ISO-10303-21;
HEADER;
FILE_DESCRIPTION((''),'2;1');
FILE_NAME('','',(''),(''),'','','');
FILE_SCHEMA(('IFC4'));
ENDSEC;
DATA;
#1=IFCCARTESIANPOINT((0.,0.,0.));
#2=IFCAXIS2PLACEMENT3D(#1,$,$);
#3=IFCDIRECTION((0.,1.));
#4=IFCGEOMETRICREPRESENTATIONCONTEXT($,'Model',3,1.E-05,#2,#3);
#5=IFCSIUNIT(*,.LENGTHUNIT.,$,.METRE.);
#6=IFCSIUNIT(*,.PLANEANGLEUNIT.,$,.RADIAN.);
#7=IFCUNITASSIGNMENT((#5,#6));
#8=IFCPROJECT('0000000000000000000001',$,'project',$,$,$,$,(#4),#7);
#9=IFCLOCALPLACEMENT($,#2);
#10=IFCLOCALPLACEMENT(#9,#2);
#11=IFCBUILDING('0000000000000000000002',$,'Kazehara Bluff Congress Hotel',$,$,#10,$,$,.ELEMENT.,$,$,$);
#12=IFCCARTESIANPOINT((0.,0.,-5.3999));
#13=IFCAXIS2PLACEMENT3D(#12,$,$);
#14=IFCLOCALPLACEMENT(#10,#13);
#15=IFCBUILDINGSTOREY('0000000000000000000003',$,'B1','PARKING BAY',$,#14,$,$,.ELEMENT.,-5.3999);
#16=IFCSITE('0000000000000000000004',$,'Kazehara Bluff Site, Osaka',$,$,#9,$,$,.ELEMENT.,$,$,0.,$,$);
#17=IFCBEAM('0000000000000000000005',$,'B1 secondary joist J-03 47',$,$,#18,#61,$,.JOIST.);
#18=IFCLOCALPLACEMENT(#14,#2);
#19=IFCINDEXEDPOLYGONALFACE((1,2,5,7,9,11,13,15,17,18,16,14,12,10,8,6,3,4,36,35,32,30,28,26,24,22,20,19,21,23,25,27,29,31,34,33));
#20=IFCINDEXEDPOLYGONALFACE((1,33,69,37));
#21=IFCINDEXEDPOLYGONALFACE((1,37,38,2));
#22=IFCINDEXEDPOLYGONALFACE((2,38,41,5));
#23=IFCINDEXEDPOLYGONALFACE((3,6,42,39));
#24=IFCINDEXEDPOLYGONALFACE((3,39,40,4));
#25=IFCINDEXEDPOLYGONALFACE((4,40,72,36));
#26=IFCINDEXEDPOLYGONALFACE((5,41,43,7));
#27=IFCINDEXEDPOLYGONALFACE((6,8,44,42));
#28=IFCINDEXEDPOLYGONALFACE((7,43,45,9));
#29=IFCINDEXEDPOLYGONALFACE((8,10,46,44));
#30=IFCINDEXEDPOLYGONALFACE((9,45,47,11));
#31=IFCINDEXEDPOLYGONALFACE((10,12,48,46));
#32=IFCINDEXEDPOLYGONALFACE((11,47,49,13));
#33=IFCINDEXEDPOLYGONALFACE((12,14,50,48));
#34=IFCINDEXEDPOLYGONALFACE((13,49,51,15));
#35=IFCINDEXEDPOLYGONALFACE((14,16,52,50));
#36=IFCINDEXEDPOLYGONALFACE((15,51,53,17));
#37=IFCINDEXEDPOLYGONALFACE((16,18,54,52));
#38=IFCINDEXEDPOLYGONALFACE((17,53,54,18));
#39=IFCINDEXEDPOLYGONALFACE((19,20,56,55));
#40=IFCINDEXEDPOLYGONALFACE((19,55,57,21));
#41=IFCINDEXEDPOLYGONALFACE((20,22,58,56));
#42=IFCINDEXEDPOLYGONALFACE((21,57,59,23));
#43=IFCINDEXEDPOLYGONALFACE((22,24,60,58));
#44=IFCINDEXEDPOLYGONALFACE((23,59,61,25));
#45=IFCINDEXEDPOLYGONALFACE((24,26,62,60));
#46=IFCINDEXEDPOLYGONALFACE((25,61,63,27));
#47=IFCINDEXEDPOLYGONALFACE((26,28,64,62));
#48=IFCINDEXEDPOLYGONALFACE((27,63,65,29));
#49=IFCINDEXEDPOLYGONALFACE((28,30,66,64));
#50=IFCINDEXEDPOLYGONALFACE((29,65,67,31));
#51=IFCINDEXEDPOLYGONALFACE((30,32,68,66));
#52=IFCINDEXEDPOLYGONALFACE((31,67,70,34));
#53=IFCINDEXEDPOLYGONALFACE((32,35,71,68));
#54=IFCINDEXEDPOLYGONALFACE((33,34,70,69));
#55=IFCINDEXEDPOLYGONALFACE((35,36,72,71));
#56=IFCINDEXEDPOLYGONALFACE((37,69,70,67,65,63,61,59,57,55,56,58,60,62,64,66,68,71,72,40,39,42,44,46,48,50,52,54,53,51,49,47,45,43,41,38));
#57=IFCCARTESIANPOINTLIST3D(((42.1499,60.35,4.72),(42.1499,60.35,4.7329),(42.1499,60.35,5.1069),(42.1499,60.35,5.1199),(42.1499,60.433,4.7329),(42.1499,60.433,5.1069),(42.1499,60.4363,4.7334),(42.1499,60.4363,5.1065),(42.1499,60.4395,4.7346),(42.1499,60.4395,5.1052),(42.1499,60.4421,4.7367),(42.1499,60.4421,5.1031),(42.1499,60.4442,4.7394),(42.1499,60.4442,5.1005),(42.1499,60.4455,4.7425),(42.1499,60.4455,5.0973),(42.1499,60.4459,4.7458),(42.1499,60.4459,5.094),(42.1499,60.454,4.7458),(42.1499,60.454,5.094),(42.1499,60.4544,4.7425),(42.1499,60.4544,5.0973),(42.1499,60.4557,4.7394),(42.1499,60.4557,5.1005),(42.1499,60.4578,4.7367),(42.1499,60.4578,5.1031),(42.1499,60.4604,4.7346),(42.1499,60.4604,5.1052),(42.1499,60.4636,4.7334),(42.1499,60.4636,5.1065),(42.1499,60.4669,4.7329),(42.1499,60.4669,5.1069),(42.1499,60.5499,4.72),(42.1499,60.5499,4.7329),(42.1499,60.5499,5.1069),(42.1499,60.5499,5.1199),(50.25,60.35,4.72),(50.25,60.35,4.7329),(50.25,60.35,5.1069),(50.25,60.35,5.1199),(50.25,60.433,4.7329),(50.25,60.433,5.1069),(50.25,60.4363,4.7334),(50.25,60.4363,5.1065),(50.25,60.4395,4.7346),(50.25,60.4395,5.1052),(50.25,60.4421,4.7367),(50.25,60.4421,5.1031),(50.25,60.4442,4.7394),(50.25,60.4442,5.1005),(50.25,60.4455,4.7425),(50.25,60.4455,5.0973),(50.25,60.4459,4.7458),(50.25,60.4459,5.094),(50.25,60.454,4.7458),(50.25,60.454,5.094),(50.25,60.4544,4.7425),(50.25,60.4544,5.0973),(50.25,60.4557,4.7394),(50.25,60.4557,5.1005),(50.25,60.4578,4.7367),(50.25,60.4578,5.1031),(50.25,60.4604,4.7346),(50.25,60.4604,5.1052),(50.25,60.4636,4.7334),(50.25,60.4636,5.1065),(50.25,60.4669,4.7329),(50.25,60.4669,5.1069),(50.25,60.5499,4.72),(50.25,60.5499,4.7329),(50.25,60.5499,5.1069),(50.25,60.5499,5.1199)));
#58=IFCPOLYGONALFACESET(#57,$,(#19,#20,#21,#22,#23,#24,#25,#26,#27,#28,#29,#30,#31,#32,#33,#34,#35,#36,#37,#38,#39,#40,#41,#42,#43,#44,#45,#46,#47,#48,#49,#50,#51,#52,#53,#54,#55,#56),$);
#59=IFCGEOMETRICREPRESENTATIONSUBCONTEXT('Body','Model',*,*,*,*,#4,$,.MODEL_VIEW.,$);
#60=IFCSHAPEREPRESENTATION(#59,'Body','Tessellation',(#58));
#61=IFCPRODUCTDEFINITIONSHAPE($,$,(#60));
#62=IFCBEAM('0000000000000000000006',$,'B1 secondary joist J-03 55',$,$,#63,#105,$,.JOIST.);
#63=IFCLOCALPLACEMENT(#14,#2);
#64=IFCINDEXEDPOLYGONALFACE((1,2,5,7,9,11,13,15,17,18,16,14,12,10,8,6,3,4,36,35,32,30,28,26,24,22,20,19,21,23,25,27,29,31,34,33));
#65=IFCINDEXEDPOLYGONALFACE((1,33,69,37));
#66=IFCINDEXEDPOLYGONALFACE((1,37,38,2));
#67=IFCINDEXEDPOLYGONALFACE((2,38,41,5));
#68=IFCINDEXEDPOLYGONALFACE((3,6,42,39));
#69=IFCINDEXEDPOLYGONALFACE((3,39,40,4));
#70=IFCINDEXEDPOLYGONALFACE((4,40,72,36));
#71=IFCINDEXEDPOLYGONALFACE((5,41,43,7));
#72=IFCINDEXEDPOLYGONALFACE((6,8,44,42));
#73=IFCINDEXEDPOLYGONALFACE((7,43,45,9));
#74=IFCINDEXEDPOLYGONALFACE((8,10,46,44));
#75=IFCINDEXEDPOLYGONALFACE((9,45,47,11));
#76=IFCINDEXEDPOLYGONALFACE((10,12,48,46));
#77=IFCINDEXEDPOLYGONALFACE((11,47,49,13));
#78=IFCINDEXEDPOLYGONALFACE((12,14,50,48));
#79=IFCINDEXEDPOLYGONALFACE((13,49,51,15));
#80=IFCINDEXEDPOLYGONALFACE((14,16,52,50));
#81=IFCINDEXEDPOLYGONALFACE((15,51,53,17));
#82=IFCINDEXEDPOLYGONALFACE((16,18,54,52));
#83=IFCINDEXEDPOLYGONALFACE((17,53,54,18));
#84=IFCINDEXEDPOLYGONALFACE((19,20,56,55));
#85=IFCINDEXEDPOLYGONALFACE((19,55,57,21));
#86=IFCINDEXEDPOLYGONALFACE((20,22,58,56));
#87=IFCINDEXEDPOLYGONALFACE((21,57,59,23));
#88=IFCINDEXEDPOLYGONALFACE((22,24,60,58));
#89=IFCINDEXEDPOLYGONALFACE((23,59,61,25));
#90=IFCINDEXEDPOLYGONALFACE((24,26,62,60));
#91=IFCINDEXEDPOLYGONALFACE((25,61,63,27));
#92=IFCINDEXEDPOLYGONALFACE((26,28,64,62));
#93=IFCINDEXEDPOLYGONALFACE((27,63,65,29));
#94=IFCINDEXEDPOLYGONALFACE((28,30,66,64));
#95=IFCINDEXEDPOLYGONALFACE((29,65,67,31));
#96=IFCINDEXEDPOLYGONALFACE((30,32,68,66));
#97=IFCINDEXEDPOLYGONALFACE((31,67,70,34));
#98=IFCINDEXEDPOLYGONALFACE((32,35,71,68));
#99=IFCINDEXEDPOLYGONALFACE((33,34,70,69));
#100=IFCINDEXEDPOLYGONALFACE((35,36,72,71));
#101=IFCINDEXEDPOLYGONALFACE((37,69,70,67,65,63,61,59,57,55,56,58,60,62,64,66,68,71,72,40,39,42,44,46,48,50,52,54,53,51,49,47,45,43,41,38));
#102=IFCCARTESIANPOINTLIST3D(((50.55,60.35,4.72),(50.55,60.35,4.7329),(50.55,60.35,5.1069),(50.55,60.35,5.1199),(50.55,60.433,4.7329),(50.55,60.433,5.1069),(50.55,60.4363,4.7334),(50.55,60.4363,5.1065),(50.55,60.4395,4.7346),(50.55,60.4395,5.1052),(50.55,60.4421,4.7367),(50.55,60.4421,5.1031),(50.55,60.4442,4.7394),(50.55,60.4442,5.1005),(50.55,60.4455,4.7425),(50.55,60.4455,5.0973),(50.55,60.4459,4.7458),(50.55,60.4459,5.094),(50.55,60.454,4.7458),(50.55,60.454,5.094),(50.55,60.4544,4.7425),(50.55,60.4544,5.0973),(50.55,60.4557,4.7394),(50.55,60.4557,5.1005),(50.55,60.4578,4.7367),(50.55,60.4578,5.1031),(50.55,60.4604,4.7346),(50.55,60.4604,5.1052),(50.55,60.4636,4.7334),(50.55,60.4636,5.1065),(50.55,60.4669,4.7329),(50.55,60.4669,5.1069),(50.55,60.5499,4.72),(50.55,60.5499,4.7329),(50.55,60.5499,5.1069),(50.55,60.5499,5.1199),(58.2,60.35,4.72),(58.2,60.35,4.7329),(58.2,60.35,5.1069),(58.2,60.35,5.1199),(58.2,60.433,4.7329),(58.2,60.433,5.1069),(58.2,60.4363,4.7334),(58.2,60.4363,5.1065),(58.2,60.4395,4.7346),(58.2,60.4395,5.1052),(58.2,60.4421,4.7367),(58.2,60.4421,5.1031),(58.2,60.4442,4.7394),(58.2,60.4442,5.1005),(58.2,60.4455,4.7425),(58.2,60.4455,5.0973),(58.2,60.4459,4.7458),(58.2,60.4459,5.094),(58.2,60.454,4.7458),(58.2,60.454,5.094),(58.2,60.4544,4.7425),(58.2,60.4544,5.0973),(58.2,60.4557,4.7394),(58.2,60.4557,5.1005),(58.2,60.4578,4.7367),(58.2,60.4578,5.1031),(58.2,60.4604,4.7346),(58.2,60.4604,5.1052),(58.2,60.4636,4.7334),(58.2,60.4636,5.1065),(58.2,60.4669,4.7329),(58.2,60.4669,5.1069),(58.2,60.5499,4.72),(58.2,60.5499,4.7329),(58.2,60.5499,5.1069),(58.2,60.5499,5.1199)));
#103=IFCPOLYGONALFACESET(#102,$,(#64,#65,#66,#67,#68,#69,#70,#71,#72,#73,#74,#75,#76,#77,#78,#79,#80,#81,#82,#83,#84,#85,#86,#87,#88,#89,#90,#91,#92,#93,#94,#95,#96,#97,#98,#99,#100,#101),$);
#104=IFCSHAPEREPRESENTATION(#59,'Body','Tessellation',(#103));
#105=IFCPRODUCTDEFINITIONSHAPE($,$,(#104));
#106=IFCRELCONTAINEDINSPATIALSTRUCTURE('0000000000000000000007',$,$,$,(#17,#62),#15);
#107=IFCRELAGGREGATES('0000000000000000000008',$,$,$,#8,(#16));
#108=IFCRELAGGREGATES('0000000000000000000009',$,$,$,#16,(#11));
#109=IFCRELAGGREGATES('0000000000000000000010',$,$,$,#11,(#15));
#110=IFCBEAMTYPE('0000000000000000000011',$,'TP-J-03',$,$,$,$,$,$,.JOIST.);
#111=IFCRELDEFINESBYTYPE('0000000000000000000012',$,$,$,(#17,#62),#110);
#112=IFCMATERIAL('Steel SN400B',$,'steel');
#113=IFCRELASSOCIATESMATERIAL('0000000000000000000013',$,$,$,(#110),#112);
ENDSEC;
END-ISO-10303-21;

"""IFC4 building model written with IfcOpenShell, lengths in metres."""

from ifc_helpers import new_model, si_unit, direction, frame, origin, origin_2d, place, context, subcontext, project, spatial, i_section, extrude, material, material_profile, profile_set, type_object, element, save


model = new_model("IFC4")

# Units and contexts
model_context = context("Model", 3, precision=1e-05, world=origin(), true_north=direction((0.0, 1.0)))
body_context = subcontext(model_context, "Body", "Model", "MODEL_VIEW")
ifc_project = project(units=[si_unit("LENGTHUNIT", "METRE"), si_unit("PLANEANGLEUNIT", "RADIAN")], contexts=[model_context])

# Site, building, storey
site_placement = place(None, origin())
site = spatial("IfcSite", under=ifc_project, at=site_placement, Name="Kazehara Bluff Site, Osaka", CompositionType="ELEMENT", RefElevation=0.0)
building_placement = place(site_placement, origin())
building = spatial("IfcBuilding", under=site, at=building_placement, Name="Kazehara Bluff Congress Hotel", CompositionType="ELEMENT")
storey_placement = place(building_placement, frame((0.0, 0.0, -5.3999)))
storey = spatial("IfcBuildingStorey", under=building, at=storey_placement, Name="B1", Description="PARKING BAY", CompositionType="ELEMENT", Elevation=-5.3999)

# Beams
ifc_material_1 = material(Name="Steel SN400B", Category="steel")
ifc_material_profile_1 = material_profile(ifc_material_1, i_section(OverallWidth=0.2, OverallDepth=0.3999, WebThickness=0.0081, FlangeThickness=0.0129, FilletRadius=0.0129, at=origin_2d()))
ifc_profile_set_1 = profile_set([ifc_material_profile_1], Name="Steel SN400B")
beam_type_1 = type_object("IfcBeamType", Name="TP-J-03", PredefinedType="JOIST", material=ifc_profile_set_1)
beam_1_placement = place(storey_placement, frame((42.1499, 60.45, 4.9199), z_axis=(1.0, 0.0, 0.0), x_axis=(0.0, 1.0, 0.0)))
element("IfcBeam", 1, at=beam_1_placement, inside=storey, type_object=beam_type_1, Name="B1 secondary joist J-03 47", PredefinedType="JOIST", context=body_context, shape_type="SweptSolid", body=[
    extrude(i_section(OverallWidth=0.2, OverallDepth=0.3999, WebThickness=0.0081, FlangeThickness=0.0129, FilletRadius=0.0129, at=origin_2d()), origin(), (0.0, 0.0, 1.0), 8.1001),
])
beam_2_placement = place(storey_placement, frame((50.55, 60.45, 4.9199), z_axis=(1.0, 0.0, 0.0), x_axis=(0.0, 1.0, 0.0)))
element("IfcBeam", 2, at=beam_2_placement, inside=storey, type_object=beam_type_1, Name="B1 secondary joist J-03 55", PredefinedType="JOIST", context=body_context, shape_type="SweptSolid", body=[
    extrude(i_section(OverallWidth=0.2, OverallDepth=0.3999, WebThickness=0.0081, FlangeThickness=0.0129, FilletRadius=0.0129, at=origin_2d()), origin(), (0.0, 0.0, 1.0), 7.6499),
])

save(model, "model.ifc")
